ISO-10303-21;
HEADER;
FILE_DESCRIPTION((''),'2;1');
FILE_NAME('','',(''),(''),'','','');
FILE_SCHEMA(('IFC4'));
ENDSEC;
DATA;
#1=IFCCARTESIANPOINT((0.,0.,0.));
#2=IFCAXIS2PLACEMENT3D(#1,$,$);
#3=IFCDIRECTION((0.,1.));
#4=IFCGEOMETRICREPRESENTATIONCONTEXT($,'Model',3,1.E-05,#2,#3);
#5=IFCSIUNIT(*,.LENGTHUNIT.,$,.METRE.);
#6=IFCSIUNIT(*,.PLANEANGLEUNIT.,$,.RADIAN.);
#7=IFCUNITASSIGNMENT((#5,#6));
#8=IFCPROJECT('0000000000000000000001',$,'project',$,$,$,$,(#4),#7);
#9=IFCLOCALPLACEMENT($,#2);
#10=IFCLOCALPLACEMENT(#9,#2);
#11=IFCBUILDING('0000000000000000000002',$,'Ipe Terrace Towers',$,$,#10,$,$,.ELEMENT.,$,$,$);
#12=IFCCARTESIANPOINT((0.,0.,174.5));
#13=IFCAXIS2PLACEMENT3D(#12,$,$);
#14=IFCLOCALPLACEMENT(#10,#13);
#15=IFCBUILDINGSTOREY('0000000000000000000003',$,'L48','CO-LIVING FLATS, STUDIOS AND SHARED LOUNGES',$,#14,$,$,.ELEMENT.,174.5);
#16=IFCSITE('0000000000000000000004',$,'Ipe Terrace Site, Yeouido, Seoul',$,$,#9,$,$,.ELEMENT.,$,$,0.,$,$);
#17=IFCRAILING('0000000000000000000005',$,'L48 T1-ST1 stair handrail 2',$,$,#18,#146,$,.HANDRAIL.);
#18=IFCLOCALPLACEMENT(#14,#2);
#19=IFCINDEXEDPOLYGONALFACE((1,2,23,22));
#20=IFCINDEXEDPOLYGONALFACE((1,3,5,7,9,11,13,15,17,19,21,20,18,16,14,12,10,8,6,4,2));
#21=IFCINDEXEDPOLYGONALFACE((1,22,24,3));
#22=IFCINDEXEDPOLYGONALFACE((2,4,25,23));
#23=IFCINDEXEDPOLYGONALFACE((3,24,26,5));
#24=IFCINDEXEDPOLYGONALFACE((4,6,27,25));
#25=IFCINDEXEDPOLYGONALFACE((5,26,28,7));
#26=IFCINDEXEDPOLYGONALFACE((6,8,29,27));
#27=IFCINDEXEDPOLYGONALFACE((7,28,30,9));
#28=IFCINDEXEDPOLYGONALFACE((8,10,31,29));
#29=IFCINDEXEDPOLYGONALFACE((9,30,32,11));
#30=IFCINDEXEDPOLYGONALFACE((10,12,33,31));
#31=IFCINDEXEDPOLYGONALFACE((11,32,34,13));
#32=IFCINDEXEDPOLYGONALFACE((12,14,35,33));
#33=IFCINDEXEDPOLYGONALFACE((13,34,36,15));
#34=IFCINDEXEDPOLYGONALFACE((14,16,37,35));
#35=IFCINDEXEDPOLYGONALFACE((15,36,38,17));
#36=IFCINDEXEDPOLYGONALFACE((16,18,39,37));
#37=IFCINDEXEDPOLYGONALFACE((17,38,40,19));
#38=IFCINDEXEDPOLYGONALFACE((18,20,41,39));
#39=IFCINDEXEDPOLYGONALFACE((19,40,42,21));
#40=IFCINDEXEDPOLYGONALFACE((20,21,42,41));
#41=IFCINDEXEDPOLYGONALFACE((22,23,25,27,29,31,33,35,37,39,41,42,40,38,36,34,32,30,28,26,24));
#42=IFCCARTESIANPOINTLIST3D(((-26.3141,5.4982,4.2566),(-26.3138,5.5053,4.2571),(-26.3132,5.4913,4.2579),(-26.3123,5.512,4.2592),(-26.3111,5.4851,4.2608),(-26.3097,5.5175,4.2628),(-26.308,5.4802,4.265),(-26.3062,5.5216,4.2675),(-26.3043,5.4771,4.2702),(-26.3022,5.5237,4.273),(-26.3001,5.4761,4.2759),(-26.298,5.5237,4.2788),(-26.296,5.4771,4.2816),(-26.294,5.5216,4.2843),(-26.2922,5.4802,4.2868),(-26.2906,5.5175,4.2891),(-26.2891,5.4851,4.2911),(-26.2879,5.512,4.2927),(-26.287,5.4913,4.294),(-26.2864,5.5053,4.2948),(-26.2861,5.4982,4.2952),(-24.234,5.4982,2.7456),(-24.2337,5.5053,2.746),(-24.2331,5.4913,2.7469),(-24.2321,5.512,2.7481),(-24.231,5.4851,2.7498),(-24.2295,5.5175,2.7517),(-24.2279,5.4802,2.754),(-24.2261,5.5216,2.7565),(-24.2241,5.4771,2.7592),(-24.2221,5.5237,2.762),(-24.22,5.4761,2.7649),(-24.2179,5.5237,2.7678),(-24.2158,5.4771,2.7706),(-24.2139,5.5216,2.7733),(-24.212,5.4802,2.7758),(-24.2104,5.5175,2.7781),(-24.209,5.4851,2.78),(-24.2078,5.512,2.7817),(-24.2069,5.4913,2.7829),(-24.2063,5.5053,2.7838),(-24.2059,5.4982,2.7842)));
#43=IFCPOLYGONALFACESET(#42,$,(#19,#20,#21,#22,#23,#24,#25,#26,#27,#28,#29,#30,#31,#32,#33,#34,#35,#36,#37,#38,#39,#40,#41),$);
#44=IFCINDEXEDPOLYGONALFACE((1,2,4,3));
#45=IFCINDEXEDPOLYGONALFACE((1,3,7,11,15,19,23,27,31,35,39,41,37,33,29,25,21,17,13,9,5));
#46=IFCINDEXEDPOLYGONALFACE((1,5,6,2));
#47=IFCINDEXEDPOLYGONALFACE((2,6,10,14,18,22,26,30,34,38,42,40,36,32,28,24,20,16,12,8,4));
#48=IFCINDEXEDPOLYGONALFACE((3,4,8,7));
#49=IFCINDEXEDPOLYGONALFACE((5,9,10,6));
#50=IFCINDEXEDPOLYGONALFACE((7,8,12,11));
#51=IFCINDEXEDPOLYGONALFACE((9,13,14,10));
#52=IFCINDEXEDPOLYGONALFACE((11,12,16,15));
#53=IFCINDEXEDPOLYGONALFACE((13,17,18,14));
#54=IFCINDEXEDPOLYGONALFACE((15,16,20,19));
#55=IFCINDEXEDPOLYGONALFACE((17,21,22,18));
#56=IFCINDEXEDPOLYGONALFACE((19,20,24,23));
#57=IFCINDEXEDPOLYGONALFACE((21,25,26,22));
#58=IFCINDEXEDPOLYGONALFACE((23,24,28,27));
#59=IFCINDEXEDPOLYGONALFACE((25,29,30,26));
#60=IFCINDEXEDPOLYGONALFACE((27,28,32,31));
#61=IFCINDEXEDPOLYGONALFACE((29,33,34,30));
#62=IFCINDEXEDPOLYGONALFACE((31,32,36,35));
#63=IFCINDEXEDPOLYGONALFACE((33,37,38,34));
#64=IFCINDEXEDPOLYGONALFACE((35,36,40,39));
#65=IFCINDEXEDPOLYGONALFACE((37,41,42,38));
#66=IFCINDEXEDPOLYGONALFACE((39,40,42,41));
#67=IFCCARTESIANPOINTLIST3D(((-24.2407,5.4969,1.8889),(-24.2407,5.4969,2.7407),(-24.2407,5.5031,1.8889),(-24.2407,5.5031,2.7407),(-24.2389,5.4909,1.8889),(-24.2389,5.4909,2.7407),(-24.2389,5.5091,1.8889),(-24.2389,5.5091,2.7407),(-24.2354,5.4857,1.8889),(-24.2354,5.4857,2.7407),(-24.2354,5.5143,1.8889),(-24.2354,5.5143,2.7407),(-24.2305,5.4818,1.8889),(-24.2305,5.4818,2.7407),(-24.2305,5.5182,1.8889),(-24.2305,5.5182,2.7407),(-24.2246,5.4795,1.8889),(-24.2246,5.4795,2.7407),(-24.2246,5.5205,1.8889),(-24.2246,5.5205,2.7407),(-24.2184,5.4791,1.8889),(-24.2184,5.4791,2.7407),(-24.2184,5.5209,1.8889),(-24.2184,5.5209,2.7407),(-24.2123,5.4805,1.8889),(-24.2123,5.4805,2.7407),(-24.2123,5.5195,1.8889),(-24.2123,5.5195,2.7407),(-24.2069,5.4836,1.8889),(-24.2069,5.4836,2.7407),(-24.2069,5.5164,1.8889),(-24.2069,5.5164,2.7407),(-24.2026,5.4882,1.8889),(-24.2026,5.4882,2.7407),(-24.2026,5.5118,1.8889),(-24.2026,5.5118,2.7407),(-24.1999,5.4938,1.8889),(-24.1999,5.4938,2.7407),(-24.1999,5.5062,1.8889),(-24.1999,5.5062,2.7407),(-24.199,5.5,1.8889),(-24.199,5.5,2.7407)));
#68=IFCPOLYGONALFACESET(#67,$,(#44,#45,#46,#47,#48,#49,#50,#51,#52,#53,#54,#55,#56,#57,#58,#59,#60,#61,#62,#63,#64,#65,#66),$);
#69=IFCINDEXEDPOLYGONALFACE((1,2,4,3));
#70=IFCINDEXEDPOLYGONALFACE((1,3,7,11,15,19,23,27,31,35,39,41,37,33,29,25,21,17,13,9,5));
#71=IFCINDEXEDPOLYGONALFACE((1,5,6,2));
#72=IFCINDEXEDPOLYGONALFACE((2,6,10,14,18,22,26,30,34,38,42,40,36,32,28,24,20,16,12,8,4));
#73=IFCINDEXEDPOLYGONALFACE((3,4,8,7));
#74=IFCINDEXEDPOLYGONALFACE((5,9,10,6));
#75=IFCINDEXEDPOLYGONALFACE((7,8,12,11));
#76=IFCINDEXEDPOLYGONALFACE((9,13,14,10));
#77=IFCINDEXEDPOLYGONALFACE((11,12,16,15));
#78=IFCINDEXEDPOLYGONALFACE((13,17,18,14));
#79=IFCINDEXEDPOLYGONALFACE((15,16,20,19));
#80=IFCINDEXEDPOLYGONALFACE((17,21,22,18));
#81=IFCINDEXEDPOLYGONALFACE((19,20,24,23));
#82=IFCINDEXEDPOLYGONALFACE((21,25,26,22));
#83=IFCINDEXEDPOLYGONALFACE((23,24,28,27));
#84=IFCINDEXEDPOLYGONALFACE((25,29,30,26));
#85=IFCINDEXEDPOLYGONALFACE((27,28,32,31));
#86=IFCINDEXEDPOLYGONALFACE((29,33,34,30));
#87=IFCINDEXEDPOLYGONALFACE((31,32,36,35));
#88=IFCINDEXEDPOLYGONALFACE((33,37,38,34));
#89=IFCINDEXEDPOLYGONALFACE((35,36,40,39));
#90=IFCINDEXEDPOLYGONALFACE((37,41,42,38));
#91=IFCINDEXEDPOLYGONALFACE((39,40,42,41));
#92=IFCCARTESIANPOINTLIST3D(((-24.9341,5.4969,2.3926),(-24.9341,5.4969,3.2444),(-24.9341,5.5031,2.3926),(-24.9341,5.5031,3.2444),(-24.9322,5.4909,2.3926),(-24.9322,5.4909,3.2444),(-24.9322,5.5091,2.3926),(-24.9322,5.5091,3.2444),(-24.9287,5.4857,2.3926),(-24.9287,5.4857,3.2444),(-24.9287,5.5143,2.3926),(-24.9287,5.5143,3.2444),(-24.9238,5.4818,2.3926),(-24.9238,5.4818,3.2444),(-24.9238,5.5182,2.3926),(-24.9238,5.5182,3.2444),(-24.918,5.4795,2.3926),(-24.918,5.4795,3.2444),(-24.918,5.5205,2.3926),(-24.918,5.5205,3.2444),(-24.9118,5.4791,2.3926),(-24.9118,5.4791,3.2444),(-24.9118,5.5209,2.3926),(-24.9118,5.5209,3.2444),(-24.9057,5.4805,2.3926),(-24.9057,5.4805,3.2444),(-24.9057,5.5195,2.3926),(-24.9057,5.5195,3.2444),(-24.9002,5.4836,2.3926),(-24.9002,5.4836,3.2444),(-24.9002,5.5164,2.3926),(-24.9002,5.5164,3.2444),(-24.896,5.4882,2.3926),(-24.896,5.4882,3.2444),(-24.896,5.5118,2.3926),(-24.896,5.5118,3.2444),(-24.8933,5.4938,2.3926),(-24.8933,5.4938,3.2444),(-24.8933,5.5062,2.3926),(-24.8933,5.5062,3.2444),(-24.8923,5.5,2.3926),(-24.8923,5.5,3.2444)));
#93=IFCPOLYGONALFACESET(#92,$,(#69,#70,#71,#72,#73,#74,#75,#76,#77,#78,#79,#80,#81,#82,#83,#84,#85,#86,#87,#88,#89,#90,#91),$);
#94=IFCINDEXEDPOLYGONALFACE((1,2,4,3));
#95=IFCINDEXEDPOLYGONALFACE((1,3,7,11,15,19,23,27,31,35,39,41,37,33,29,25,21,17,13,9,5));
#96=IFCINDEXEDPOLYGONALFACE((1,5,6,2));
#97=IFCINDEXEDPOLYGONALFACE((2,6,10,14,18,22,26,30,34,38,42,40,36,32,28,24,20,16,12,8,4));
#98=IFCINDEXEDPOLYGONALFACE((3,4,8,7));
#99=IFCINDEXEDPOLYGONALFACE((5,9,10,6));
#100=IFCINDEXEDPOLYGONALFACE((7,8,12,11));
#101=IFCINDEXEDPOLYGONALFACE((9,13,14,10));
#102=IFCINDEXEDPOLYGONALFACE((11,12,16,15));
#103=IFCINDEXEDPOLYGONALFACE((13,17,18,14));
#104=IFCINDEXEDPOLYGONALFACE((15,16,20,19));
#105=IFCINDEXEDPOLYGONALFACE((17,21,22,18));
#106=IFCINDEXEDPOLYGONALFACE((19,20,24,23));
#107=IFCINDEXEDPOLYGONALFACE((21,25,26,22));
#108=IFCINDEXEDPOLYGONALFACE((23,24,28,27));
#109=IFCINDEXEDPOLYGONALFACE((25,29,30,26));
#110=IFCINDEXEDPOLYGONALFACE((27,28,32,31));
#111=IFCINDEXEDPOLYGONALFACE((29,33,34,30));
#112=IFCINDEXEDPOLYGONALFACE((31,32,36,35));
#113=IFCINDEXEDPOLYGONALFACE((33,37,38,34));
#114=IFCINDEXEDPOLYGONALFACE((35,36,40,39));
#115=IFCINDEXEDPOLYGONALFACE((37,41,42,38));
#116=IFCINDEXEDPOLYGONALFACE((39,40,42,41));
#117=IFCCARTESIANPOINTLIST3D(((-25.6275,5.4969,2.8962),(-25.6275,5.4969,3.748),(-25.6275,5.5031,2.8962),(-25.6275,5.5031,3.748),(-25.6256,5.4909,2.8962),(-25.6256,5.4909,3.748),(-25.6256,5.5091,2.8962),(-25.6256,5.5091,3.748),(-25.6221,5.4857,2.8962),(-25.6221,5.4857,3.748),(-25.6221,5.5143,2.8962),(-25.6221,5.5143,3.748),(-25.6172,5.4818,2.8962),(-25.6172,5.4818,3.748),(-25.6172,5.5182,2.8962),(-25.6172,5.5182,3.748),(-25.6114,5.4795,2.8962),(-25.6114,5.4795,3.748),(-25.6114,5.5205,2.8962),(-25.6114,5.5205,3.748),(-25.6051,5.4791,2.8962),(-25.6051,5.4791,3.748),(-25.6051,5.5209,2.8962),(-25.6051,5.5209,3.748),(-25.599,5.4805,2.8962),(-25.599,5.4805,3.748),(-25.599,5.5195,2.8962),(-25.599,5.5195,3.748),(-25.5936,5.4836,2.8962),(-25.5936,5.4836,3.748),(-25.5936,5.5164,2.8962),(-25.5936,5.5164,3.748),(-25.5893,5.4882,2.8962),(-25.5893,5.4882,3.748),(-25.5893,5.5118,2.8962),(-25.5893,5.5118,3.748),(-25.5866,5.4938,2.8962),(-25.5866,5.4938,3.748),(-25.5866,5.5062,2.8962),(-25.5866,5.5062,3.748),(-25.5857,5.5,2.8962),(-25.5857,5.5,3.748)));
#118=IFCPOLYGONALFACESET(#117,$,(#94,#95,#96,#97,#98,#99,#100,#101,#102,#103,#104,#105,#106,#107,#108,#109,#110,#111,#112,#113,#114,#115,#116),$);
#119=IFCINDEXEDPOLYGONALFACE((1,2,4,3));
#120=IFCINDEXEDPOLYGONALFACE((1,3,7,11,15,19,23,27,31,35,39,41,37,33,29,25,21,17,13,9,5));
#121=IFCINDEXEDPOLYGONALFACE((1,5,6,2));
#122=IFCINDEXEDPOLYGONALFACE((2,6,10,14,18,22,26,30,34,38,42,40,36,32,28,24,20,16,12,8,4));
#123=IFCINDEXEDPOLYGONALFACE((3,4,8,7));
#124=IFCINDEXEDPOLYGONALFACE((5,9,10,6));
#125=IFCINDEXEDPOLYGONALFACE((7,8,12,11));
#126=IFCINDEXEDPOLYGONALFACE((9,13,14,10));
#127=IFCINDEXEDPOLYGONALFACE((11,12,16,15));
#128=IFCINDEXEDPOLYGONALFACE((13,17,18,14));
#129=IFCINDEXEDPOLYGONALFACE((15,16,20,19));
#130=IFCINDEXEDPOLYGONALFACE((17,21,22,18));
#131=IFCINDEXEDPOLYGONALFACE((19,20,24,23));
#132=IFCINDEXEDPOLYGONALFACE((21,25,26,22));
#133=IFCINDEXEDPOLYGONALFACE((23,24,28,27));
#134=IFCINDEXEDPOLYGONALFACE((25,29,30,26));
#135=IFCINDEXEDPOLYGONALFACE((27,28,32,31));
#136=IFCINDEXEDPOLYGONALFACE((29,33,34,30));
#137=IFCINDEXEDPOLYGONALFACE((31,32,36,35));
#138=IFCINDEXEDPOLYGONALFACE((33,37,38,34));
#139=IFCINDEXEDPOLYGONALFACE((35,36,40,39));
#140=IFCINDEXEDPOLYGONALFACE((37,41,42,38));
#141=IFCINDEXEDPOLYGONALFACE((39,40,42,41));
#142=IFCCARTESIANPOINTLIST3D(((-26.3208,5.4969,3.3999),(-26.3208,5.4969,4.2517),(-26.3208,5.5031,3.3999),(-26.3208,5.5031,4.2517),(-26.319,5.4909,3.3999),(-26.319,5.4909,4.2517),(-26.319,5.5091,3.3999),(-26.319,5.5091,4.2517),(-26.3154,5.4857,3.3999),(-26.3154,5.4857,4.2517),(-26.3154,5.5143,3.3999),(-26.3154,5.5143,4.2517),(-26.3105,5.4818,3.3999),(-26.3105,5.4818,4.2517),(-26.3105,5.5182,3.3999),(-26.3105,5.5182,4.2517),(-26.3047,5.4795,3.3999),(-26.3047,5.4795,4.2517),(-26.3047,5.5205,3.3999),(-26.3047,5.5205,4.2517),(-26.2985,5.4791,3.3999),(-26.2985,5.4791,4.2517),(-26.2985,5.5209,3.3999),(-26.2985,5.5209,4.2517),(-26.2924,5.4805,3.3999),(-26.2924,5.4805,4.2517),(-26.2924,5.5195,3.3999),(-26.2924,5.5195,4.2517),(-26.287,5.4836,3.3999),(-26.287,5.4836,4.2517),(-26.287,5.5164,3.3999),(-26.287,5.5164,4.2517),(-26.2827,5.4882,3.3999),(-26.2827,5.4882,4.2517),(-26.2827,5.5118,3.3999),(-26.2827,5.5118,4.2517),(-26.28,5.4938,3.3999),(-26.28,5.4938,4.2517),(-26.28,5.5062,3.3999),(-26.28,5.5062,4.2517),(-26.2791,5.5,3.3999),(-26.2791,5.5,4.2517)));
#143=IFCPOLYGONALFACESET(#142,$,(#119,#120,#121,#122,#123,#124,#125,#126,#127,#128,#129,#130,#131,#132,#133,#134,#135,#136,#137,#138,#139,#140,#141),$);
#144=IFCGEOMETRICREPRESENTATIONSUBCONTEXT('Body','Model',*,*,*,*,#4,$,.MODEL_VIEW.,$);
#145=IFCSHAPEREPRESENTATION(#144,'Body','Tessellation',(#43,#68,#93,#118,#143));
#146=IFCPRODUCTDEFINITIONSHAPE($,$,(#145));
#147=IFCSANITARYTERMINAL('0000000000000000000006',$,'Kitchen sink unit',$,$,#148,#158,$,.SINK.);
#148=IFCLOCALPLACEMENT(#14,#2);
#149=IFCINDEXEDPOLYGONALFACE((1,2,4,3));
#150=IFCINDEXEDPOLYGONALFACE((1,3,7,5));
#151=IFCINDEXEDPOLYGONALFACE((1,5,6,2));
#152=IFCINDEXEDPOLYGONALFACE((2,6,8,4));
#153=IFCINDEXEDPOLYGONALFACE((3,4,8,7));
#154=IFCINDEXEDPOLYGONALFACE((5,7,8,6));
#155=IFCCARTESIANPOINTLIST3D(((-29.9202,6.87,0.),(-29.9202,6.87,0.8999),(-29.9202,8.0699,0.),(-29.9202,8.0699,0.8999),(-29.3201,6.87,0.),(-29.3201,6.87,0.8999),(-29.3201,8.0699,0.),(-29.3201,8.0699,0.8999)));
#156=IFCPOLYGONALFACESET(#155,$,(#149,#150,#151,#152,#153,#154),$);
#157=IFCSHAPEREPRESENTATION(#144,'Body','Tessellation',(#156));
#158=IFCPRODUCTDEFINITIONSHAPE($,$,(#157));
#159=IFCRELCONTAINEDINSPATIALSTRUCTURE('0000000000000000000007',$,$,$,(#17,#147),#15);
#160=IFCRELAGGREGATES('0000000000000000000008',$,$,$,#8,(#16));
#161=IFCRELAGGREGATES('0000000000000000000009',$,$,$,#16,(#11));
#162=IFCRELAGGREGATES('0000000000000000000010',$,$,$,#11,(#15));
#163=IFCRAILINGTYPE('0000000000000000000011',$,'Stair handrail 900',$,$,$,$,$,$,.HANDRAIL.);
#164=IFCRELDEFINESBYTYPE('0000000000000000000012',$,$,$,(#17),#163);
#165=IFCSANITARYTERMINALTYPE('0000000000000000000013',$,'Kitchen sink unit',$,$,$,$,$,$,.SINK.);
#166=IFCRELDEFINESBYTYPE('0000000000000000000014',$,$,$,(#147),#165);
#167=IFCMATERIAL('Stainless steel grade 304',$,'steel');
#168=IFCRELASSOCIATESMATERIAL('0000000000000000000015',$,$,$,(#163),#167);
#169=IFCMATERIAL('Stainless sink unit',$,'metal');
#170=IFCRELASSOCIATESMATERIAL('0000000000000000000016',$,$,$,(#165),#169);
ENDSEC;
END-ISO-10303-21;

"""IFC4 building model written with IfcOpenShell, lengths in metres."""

from ifc_helpers import new_model, si_unit, direction, frame, origin, origin_2d, place, context, subcontext, project, spatial, rectangle, circle, extrude, material, type_object, element, save


model = new_model("IFC4")

# Units and contexts
model_context = context("Model", 3, precision=1e-05, world=origin(), true_north=direction((0.0, 1.0)))
body_context = subcontext(model_context, "Body", "Model", "MODEL_VIEW")
ifc_project = project(units=[si_unit("LENGTHUNIT", "METRE"), si_unit("PLANEANGLEUNIT", "RADIAN")], contexts=[model_context])

# Site, building, storey
site_placement = place(None, origin())
site = spatial("IfcSite", under=ifc_project, at=site_placement, Name="Ipe Terrace Site, Yeouido, Seoul", CompositionType="ELEMENT", RefElevation=0.0)
building_placement = place(site_placement, origin())
building = spatial("IfcBuilding", under=site, at=building_placement, Name="Ipe Terrace Towers", CompositionType="ELEMENT")
storey_placement = place(building_placement, frame((0.0, 0.0, 174.5)))
storey = spatial("IfcBuildingStorey", under=building, at=storey_placement, Name="L48", Description="CO-LIVING FLATS, STUDIOS AND SHARED LOUNGES", CompositionType="ELEMENT", Elevation=174.5)

# Railing
ifc_material_1 = material(Name="Stainless steel grade 304", Category="steel")
railing_type_1 = type_object("IfcRailingType", Name="Stair handrail 900", PredefinedType="HANDRAIL", material=ifc_material_1)
railing_1_placement = place(storey_placement, frame((-24.22, 5.5, 1.8889)))
element("IfcRailing", 1, at=railing_1_placement, inside=storey, type_object=railing_type_1, Name="L48 T1-ST1 stair handrail 2", PredefinedType="HANDRAIL", context=body_context, shape_type="SweptSolid", body=[
    extrude(circle(Radius=0.0239, at=origin_2d()), frame((0.0, 0.0, 0.876), z_axis=(-0.809069, 0.0, 0.587714), x_axis=(0.0, -1.0, 0.0)), (0.0, 0.0, 1.0), 2.571),
    extrude(circle(Radius=0.021, at=origin_2d()), origin(), (0.0, 0.0, 1.0), 0.8518),
    extrude(circle(Radius=0.021, at=origin_2d()), frame((-0.6934, 0.0, 0.5037)), (0.0, 0.0, 1.0), 0.8518),
    extrude(circle(Radius=0.021, at=origin_2d()), frame((-1.3867, 0.0, 1.0073)), (0.0, 0.0, 1.0), 0.8518),
    extrude(circle(Radius=0.021, at=origin_2d()), frame((-2.0801, 0.0, 1.511)), (0.0, 0.0, 1.0), 0.8518),
])

# Sanitary terminal
ifc_material_2 = material(Name="Stainless sink unit", Category="metal")
sanitary_terminal_type = type_object("IfcSanitaryTerminalType", Name="Kitchen sink unit", PredefinedType="SINK", material=ifc_material_2)
sanitary_terminal_placement = place(storey_placement, frame((-29.6201, 7.47, 0.0), z_axis=(0.0, 0.0, 1.0), x_axis=(0.0, -1.0, 0.0)))
element("IfcSanitaryTerminal", 2, at=sanitary_terminal_placement, inside=storey, type_object=sanitary_terminal_type, Name="Kitchen sink unit", PredefinedType="SINK", context=body_context, shape_type="SweptSolid", body=[
    extrude(rectangle(XDim=1.2, YDim=0.6001, at=origin_2d()), origin(), (0.0, 0.0, 1.0), 0.8999),
])

save(model, "model.ifc")
